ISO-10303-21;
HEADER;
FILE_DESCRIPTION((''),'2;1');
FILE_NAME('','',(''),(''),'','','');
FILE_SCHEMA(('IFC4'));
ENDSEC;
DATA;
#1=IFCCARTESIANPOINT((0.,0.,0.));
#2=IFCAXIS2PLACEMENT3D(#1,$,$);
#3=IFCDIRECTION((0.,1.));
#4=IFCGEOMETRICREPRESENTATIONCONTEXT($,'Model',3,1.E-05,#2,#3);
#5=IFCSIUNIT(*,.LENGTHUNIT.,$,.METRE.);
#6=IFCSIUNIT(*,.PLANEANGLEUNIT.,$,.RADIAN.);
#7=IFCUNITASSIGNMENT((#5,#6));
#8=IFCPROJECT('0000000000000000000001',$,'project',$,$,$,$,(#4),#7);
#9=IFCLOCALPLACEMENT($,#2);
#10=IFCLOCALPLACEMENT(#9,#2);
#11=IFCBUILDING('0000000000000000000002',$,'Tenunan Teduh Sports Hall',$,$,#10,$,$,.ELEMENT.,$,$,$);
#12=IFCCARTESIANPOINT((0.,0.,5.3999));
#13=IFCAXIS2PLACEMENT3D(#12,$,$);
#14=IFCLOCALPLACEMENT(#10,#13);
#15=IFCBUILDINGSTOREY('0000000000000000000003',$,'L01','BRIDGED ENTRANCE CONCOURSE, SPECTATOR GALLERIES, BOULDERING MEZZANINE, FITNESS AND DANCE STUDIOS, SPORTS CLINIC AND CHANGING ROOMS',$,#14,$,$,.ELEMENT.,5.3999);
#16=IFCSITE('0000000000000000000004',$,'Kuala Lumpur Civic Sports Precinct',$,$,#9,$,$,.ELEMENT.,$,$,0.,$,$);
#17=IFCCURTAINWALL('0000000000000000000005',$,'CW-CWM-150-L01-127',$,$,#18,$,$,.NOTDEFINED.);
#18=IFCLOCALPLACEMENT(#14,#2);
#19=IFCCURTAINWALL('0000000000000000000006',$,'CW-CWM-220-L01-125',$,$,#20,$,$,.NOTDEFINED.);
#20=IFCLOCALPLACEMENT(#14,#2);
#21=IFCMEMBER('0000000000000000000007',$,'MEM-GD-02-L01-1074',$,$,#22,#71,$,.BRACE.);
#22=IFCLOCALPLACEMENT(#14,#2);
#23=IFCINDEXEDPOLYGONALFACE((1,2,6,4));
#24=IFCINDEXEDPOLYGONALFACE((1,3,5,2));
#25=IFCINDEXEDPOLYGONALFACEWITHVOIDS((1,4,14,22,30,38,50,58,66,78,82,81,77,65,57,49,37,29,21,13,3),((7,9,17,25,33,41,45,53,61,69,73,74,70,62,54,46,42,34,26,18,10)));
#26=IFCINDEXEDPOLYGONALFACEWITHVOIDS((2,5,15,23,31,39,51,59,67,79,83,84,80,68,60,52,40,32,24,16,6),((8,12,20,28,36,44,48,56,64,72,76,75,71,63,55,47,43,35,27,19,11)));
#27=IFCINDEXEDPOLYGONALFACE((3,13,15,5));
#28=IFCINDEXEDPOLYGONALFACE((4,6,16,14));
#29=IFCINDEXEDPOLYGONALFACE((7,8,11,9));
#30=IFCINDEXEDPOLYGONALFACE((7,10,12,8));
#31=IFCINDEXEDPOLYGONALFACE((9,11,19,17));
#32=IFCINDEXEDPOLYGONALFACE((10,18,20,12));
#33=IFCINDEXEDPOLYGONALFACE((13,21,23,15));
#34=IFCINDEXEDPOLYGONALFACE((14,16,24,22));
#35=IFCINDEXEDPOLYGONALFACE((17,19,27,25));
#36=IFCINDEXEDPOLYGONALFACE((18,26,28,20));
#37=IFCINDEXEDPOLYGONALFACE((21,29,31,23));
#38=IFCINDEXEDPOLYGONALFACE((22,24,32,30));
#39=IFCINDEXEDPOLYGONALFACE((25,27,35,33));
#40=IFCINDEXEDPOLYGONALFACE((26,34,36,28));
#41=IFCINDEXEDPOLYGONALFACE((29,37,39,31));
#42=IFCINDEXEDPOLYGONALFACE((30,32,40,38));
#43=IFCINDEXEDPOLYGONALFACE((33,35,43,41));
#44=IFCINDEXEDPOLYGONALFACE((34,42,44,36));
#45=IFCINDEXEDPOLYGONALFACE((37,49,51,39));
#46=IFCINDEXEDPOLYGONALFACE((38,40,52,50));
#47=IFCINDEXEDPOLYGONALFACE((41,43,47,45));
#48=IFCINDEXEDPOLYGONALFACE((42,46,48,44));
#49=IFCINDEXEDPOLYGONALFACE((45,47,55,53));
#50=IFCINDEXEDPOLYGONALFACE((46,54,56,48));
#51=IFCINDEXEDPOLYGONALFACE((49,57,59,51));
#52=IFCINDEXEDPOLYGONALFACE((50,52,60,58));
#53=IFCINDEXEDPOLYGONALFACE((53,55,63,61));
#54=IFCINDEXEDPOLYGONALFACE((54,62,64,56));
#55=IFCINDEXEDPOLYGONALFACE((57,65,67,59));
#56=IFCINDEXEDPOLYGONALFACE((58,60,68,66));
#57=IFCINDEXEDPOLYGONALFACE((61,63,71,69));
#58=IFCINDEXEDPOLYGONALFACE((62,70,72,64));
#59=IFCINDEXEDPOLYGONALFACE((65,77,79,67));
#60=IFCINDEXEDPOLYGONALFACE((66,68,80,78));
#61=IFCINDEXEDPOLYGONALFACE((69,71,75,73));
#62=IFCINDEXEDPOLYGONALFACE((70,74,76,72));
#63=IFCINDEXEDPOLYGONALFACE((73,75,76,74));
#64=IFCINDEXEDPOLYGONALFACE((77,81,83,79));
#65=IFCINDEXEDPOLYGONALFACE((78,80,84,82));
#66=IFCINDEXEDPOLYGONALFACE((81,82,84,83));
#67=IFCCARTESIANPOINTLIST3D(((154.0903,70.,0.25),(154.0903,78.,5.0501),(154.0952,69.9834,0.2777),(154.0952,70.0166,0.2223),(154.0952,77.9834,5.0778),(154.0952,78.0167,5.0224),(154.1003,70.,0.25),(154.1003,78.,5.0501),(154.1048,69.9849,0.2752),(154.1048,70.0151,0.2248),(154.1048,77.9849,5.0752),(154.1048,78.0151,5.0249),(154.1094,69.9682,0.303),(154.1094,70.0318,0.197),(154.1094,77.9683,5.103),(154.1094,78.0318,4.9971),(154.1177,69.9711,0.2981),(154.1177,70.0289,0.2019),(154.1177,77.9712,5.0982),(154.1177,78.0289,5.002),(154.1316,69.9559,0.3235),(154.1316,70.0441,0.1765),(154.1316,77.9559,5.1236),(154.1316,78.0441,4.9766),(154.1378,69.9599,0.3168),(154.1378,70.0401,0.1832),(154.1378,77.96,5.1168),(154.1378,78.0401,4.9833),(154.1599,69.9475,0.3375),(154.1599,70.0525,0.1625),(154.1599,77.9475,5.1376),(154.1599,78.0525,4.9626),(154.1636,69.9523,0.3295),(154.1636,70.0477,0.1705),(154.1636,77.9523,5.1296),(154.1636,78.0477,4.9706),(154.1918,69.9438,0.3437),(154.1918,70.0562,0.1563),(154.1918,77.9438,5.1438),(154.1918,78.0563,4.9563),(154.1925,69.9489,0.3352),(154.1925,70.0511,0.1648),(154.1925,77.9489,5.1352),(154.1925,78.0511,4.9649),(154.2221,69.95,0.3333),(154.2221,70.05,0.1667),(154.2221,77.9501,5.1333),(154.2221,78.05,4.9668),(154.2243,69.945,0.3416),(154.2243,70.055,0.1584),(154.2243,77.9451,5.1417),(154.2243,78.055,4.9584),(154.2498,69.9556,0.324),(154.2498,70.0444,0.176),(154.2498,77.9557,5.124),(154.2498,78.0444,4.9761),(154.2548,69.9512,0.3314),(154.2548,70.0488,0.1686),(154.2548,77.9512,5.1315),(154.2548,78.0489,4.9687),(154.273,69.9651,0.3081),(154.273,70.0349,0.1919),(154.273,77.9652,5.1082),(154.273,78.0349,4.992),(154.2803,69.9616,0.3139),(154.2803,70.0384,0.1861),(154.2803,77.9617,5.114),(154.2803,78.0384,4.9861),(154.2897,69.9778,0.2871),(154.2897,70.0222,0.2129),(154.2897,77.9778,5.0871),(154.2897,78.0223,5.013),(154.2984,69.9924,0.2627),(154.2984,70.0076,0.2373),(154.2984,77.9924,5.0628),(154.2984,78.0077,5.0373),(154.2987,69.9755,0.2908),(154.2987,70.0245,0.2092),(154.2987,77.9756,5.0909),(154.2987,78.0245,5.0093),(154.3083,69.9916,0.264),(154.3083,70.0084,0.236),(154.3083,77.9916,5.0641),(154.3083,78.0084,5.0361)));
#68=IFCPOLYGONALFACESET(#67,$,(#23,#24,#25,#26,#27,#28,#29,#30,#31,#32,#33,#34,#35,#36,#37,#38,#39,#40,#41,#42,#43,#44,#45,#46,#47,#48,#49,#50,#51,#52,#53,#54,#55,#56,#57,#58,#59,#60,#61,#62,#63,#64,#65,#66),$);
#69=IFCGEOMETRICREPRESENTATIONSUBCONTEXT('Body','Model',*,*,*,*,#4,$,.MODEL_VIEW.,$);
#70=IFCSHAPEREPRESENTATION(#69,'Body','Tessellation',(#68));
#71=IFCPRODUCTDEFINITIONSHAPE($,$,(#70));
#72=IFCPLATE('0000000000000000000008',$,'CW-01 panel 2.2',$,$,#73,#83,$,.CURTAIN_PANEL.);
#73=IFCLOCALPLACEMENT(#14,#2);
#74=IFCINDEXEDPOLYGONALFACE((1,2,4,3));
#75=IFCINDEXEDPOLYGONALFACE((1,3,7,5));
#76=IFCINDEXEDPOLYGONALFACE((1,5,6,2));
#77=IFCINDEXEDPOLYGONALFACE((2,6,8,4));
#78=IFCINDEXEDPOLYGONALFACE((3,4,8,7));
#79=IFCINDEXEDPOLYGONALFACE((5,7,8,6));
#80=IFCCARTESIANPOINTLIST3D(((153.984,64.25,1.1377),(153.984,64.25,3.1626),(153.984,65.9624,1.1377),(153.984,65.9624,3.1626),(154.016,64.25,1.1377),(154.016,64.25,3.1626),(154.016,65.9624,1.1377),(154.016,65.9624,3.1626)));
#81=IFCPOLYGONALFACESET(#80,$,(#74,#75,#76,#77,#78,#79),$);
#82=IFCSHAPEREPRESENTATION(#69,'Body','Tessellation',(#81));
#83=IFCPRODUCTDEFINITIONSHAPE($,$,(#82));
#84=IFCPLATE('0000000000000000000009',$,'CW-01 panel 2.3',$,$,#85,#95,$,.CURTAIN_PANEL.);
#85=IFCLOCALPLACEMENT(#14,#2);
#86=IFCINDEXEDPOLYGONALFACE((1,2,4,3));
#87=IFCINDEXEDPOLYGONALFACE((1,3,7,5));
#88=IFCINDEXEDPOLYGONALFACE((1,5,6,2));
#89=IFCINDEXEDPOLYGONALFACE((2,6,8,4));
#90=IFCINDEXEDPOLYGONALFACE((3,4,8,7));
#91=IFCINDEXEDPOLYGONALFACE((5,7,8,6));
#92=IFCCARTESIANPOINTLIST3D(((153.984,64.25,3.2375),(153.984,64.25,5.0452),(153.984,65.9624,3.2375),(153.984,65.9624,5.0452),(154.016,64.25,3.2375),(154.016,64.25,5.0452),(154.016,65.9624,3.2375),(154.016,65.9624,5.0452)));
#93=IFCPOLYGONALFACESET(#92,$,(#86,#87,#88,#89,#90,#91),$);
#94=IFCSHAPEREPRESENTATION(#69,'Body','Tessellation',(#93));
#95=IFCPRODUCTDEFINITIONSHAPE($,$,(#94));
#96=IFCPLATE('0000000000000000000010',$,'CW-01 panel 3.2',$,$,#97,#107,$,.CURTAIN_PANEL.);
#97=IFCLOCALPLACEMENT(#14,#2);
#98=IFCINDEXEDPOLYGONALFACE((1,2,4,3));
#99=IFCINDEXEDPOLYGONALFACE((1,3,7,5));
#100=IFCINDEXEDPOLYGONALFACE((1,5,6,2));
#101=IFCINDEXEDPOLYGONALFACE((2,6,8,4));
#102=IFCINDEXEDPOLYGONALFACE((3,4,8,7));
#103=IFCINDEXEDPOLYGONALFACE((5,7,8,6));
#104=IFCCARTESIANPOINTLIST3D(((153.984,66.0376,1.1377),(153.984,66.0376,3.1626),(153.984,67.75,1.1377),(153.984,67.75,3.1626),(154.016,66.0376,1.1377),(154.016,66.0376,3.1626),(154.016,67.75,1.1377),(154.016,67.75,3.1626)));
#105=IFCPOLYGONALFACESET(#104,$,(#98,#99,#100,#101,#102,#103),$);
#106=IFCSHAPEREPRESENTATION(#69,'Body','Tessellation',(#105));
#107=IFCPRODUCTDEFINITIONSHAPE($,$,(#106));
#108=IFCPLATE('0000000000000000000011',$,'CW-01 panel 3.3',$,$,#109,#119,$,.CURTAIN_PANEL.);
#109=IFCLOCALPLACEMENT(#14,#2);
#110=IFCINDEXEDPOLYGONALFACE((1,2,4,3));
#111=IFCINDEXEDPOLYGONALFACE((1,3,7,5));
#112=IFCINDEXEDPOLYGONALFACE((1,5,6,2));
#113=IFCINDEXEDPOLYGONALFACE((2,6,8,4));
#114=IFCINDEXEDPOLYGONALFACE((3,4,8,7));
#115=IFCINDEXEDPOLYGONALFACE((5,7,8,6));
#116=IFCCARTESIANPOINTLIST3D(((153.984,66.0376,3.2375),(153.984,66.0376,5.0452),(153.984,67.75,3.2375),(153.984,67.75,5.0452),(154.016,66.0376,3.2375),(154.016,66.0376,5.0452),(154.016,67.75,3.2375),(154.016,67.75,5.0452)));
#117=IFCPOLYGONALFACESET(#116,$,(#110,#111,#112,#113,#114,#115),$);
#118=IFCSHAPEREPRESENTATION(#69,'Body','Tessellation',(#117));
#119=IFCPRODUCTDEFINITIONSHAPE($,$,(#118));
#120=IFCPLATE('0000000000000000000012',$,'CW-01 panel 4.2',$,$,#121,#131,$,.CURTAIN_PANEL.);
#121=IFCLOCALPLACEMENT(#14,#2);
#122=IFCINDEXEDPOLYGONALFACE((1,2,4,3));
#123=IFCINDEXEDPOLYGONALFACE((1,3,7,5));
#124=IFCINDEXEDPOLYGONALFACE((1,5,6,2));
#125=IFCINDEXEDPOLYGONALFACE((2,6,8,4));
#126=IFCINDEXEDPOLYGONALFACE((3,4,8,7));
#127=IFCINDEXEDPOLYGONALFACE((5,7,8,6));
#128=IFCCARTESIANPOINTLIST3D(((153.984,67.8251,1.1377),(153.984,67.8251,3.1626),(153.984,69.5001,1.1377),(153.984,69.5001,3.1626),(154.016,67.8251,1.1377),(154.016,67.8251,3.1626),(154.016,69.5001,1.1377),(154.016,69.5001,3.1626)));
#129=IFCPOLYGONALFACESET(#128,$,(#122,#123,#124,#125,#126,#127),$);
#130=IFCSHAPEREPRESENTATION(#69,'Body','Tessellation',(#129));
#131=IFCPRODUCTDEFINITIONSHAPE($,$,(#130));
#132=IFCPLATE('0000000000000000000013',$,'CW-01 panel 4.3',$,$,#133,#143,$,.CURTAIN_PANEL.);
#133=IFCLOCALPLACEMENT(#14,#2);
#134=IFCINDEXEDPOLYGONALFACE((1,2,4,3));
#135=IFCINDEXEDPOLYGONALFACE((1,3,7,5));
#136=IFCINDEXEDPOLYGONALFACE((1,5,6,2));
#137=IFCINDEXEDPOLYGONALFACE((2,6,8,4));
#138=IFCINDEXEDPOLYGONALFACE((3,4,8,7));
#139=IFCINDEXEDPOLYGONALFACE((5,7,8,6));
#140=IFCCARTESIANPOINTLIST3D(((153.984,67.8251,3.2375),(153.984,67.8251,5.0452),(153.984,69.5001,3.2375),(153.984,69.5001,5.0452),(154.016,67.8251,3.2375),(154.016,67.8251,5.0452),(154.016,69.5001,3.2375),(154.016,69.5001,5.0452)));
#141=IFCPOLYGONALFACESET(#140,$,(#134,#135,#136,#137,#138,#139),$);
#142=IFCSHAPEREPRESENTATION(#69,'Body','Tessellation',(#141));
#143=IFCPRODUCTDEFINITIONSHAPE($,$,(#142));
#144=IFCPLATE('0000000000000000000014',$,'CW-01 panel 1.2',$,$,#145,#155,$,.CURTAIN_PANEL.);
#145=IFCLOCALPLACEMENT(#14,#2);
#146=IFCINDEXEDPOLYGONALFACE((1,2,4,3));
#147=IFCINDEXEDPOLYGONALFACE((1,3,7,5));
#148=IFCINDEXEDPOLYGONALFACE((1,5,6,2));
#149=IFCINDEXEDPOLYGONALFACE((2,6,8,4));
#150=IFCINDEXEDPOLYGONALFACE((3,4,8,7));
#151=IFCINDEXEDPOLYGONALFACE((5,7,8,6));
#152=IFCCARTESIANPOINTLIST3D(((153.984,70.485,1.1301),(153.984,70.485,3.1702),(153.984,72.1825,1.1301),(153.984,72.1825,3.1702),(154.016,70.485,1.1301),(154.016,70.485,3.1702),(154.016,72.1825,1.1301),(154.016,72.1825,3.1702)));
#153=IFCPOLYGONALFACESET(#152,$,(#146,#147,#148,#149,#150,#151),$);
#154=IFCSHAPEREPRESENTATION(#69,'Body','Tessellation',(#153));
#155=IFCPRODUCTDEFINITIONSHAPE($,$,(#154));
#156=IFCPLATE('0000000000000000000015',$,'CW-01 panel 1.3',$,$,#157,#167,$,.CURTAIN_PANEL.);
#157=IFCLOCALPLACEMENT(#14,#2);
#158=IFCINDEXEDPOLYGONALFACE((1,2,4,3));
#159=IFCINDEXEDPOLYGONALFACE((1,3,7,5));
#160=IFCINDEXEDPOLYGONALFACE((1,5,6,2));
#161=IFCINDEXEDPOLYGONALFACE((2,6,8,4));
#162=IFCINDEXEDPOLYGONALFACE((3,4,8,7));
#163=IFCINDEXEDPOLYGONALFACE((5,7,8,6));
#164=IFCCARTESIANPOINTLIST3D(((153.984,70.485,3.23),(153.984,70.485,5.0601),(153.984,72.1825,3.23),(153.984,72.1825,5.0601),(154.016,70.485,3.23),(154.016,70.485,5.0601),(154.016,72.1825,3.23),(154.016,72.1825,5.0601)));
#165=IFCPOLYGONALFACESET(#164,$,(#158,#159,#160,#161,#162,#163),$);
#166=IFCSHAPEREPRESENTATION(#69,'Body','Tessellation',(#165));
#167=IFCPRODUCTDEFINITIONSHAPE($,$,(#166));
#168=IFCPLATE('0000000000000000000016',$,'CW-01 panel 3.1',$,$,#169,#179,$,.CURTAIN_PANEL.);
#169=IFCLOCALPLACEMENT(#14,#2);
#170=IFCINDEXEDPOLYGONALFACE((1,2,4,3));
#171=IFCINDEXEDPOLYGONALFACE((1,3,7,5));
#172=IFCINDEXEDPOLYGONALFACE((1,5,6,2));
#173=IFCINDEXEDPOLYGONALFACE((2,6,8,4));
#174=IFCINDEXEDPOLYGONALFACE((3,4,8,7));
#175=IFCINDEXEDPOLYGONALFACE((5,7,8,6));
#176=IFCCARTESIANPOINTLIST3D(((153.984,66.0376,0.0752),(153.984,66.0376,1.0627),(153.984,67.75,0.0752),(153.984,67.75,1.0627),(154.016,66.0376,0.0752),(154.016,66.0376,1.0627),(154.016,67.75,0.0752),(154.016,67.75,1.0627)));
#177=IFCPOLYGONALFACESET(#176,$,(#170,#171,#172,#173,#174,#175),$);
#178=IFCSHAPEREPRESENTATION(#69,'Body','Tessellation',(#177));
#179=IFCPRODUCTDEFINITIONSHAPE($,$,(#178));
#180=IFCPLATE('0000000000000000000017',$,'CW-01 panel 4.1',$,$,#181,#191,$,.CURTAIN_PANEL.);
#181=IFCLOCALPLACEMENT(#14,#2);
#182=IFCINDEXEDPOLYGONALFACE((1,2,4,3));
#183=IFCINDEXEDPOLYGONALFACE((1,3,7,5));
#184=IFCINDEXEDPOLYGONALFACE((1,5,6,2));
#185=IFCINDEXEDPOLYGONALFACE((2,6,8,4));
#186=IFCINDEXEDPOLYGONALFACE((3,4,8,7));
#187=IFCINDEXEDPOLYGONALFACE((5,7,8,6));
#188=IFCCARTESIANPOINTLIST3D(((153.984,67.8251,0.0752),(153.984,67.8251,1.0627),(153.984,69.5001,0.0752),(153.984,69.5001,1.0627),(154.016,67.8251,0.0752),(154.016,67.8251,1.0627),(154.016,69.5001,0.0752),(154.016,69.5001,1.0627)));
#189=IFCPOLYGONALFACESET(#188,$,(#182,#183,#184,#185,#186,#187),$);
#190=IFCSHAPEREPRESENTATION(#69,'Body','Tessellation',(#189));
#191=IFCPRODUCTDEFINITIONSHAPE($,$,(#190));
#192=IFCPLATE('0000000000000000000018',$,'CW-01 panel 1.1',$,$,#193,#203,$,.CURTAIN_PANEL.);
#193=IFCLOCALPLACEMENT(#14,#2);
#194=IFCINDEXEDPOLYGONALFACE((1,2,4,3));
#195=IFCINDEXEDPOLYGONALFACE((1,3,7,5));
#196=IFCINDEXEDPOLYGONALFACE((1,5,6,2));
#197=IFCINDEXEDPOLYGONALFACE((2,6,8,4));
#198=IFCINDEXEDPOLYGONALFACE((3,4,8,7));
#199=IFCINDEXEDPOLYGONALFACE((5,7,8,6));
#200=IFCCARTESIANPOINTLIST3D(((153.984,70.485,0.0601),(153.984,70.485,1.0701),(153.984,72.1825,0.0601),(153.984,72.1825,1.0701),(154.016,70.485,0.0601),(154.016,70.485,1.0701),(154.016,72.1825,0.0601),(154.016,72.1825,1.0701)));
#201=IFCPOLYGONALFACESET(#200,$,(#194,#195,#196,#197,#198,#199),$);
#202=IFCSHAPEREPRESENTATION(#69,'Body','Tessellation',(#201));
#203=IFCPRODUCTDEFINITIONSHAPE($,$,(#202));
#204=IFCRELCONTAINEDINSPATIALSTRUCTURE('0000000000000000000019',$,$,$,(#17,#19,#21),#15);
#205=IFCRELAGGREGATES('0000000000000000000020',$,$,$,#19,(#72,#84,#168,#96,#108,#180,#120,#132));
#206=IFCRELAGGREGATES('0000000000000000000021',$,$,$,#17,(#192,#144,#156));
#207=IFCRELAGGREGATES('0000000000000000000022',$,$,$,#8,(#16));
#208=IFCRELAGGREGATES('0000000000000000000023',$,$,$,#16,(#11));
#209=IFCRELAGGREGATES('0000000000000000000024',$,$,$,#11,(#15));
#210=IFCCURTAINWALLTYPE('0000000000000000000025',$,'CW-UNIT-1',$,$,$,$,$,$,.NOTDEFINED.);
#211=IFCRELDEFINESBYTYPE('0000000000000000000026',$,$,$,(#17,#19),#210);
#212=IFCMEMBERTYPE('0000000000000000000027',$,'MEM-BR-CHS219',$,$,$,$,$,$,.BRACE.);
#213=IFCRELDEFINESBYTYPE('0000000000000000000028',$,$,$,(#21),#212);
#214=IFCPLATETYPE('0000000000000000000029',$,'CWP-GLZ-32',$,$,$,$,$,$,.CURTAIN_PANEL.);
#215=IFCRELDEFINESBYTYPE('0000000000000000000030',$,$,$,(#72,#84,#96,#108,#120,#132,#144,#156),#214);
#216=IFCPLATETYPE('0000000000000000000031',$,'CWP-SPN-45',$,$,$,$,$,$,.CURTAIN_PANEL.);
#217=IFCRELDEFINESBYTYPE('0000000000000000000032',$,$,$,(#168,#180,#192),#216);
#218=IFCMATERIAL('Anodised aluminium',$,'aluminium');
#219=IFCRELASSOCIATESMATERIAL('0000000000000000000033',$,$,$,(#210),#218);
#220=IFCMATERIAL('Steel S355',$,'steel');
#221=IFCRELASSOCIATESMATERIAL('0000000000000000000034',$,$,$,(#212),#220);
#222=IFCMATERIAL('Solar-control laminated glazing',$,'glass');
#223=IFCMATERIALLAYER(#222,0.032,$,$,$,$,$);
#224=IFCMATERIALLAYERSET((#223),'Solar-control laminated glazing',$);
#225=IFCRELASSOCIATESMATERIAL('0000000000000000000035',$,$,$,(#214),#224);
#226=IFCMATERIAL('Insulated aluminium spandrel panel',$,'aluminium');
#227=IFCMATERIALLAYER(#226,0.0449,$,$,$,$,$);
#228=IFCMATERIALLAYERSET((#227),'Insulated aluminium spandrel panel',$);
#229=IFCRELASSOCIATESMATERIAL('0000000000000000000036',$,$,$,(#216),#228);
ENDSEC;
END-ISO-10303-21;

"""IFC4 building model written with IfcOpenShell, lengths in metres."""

from ifc_helpers import new_model, si_unit, direction, frame, origin, origin_2d, place, context, subcontext, project, spatial, rectangle, hollow_circle, extrude, material, layer, layer_set, material_profile, profile_set, type_object, element, aggregate, save


model = new_model("IFC4")

# Units and contexts
model_context = context("Model", 3, precision=1e-05, world=origin(), true_north=direction((0.0, 1.0)))
body_context = subcontext(model_context, "Body", "Model", "MODEL_VIEW")
ifc_project = project(units=[si_unit("LENGTHUNIT", "METRE"), si_unit("PLANEANGLEUNIT", "RADIAN")], contexts=[model_context])

# Site, building, storey
site_placement = place(None, origin())
site = spatial("IfcSite", under=ifc_project, at=site_placement, Name="Kuala Lumpur Civic Sports Precinct", CompositionType="ELEMENT", RefElevation=0.0)
building_placement = place(site_placement, origin())
building = spatial("IfcBuilding", under=site, at=building_placement, Name="Tenunan Teduh Sports Hall", CompositionType="ELEMENT")
storey_placement = place(building_placement, frame((0.0, 0.0, 5.3999)))
storey = spatial("IfcBuildingStorey", under=building, at=storey_placement, Name="L01", Description="BRIDGED ENTRANCE CONCOURSE, SPECTATOR GALLERIES, BOULDERING MEZZANINE, FITNESS AND DANCE STUDIOS, SPORTS CLINIC AND CHANGING ROOMS", CompositionType="ELEMENT", Elevation=5.3999)

# Curtain walls
ifc_material_1 = material(Name="Anodised aluminium", Category="aluminium")
curtain_wall_type = type_object("IfcCurtainWallType", Name="CW-UNIT-1", PredefinedType="NOTDEFINED", material=ifc_material_1)
curtain_wall_1_placement = place(storey_placement, origin())
curtain_wall_1 = element("IfcCurtainWall", 1, at=curtain_wall_1_placement, inside=storey, type_object=curtain_wall_type, Name="CW-CWM-150-L01-127", PredefinedType="NOTDEFINED")
curtain_wall_2_placement = place(storey_placement, origin())
curtain_wall_2 = element("IfcCurtainWall", 2, at=curtain_wall_2_placement, inside=storey, type_object=curtain_wall_type, Name="CW-CWM-220-L01-125", PredefinedType="NOTDEFINED")

# Member
ifc_material_2 = material(Name="Steel S355", Category="steel")
ifc_material_profile_1 = material_profile(ifc_material_2, hollow_circle(Radius=0.1096, WallThickness=0.01, at=origin_2d()), Name="CHS 219.1x10.0")
ifc_profile_set_1 = profile_set([ifc_material_profile_1], Name="Steel S355")
member_type_1 = type_object("IfcMemberType", Name="MEM-BR-CHS219", PredefinedType="BRACE", material=ifc_profile_set_1)
member_1_placement = place(storey_placement, frame((154.2, 70.0, 0.25), z_axis=(0.0, 0.857491, 0.5145), x_axis=(-1.0, 0.0, 0.0)))
element("IfcMember", 3, at=member_1_placement, inside=storey, type_object=member_type_1, Name="MEM-GD-02-L01-1074", PredefinedType="BRACE", context=body_context, shape_type="SweptSolid", body=[
    extrude(hollow_circle(Radius=0.1096, WallThickness=0.01, at=origin_2d()), origin(), (0.0, 0.0, 1.0), 9.3296),
])

# Plates
ifc_material_3 = material(Name="Solar-control laminated glazing", Category="glass")
ifc_layer_1 = layer(ifc_material_3, 0.032)
ifc_layer_set_1 = layer_set([ifc_layer_1], Name="Solar-control laminated glazing")
plate_type_1 = type_object("IfcPlateType", Name="CWP-GLZ-32", PredefinedType="CURTAIN_PANEL", material=ifc_layer_set_1)
plate_1_placement = place(storey_placement, frame((154.0, 65.1062, 1.1377), z_axis=(0.0, 0.0, 1.0), x_axis=(0.0, 1.0, 0.0)))
plate_1 = element("IfcPlate", 4, at=plate_1_placement, type_object=plate_type_1, Name="CW-01 panel 2.2", PredefinedType="CURTAIN_PANEL", context=body_context, shape_type="SweptSolid", body=[
    extrude(rectangle(XDim=1.7124, YDim=0.032, at=origin_2d()), origin(), (0.0, 0.0, 1.0), 2.0249),
])
plate_2_placement = place(storey_placement, frame((154.0, 65.1062, 3.2375), z_axis=(0.0, 0.0, 1.0), x_axis=(0.0, 1.0, 0.0)))
plate_2 = element("IfcPlate", 5, at=plate_2_placement, type_object=plate_type_1, Name="CW-01 panel 2.3", PredefinedType="CURTAIN_PANEL", context=body_context, shape_type="SweptSolid", body=[
    extrude(rectangle(XDim=1.7124, YDim=0.032, at=origin_2d()), origin(), (0.0, 0.0, 1.0), 1.8076),
])
plate_3_placement = place(storey_placement, frame((154.0, 66.8938, 1.1377), z_axis=(0.0, 0.0, 1.0), x_axis=(0.0, 1.0, 0.0)))
plate_3 = element("IfcPlate", 6, at=plate_3_placement, type_object=plate_type_1, Name="CW-01 panel 3.2", PredefinedType="CURTAIN_PANEL", context=body_context, shape_type="SweptSolid", body=[
    extrude(rectangle(XDim=1.7124, YDim=0.032, at=origin_2d()), origin(), (0.0, 0.0, 1.0), 2.0249),
])
plate_4_placement = place(storey_placement, frame((154.0, 66.8938, 3.2375), z_axis=(0.0, 0.0, 1.0), x_axis=(0.0, 1.0, 0.0)))
plate_4 = element("IfcPlate", 7, at=plate_4_placement, type_object=plate_type_1, Name="CW-01 panel 3.3", PredefinedType="CURTAIN_PANEL", context=body_context, shape_type="SweptSolid", body=[
    extrude(rectangle(XDim=1.7124, YDim=0.032, at=origin_2d()), origin(), (0.0, 0.0, 1.0), 1.8076),
])
plate_5_placement = place(storey_placement, frame((154.0, 68.6626, 1.1377), z_axis=(0.0, 0.0, 1.0), x_axis=(0.0, 1.0, 0.0)))
plate_5 = element("IfcPlate", 8, at=plate_5_placement, type_object=plate_type_1, Name="CW-01 panel 4.2", PredefinedType="CURTAIN_PANEL", context=body_context, shape_type="SweptSolid", body=[
    extrude(rectangle(XDim=1.675, YDim=0.032, at=origin_2d()), origin(), (0.0, 0.0, 1.0), 2.0249),
])
plate_6_placement = place(storey_placement, frame((154.0, 68.6626, 3.2375), z_axis=(0.0, 0.0, 1.0), x_axis=(0.0, 1.0, 0.0)))
plate_6 = element("IfcPlate", 9, at=plate_6_placement, type_object=plate_type_1, Name="CW-01 panel 4.3", PredefinedType="CURTAIN_PANEL", context=body_context, shape_type="SweptSolid", body=[
    extrude(rectangle(XDim=1.675, YDim=0.032, at=origin_2d()), origin(), (0.0, 0.0, 1.0), 1.8076),
])
plate_7_placement = place(storey_placement, frame((154.0, 71.3337, 1.1301), z_axis=(0.0, 0.0, 1.0), x_axis=(0.0, 1.0, 0.0)))
plate_7 = element("IfcPlate", 10, at=plate_7_placement, type_object=plate_type_1, Name="CW-01 panel 1.2", PredefinedType="CURTAIN_PANEL", context=body_context, shape_type="SweptSolid", body=[
    extrude(rectangle(XDim=1.6975, YDim=0.032, at=origin_2d()), origin(), (0.0, 0.0, 1.0), 2.04),
])
plate_8_placement = place(storey_placement, frame((154.0, 71.3337, 3.23), z_axis=(0.0, 0.0, 1.0), x_axis=(0.0, 1.0, 0.0)))
plate_8 = element("IfcPlate", 11, at=plate_8_placement, type_object=plate_type_1, Name="CW-01 panel 1.3", PredefinedType="CURTAIN_PANEL", context=body_context, shape_type="SweptSolid", body=[
    extrude(rectangle(XDim=1.6975, YDim=0.032, at=origin_2d()), origin(), (0.0, 0.0, 1.0), 1.8301),
])
ifc_material_4 = material(Name="Insulated aluminium spandrel panel", Category="aluminium")
ifc_layer_2 = layer(ifc_material_4, 0.0449)
ifc_layer_set_2 = layer_set([ifc_layer_2], Name="Insulated aluminium spandrel panel")
plate_type_2 = type_object("IfcPlateType", Name="CWP-SPN-45", PredefinedType="CURTAIN_PANEL", material=ifc_layer_set_2)
plate_9_placement = place(storey_placement, frame((154.0, 66.8938, 0.0752), z_axis=(0.0, 0.0, 1.0), x_axis=(0.0, 1.0, 0.0)))
plate_9 = element("IfcPlate", 12, at=plate_9_placement, type_object=plate_type_2, Name="CW-01 panel 3.1", PredefinedType="CURTAIN_PANEL", context=body_context, shape_type="SweptSolid", body=[
    extrude(rectangle(XDim=1.7124, YDim=0.032, at=origin_2d()), origin(), (0.0, 0.0, 1.0), 0.9875),
])
plate_10_placement = place(storey_placement, frame((154.0, 68.6626, 0.0752), z_axis=(0.0, 0.0, 1.0), x_axis=(0.0, 1.0, 0.0)))
plate_10 = element("IfcPlate", 13, at=plate_10_placement, type_object=plate_type_2, Name="CW-01 panel 4.1", PredefinedType="CURTAIN_PANEL", context=body_context, shape_type="SweptSolid", body=[
    extrude(rectangle(XDim=1.675, YDim=0.032, at=origin_2d()), origin(), (0.0, 0.0, 1.0), 0.9875),
])
aggregate(curtain_wall_2, [plate_1, plate_2, plate_9, plate_3, plate_4, plate_10, plate_5, plate_6])
plate_11_placement = place(storey_placement, frame((154.0, 71.3337, 0.0601), z_axis=(0.0, 0.0, 1.0), x_axis=(0.0, 1.0, 0.0)))
plate_11 = element("IfcPlate", 14, at=plate_11_placement, type_object=plate_type_2, Name="CW-01 panel 1.1", PredefinedType="CURTAIN_PANEL", context=body_context, shape_type="SweptSolid", body=[
    extrude(rectangle(XDim=1.6975, YDim=0.032, at=origin_2d()), origin(), (0.0, 0.0, 1.0), 1.01),
])
aggregate(curtain_wall_1, [plate_11, plate_7, plate_8])

save(model, "model.ifc")
